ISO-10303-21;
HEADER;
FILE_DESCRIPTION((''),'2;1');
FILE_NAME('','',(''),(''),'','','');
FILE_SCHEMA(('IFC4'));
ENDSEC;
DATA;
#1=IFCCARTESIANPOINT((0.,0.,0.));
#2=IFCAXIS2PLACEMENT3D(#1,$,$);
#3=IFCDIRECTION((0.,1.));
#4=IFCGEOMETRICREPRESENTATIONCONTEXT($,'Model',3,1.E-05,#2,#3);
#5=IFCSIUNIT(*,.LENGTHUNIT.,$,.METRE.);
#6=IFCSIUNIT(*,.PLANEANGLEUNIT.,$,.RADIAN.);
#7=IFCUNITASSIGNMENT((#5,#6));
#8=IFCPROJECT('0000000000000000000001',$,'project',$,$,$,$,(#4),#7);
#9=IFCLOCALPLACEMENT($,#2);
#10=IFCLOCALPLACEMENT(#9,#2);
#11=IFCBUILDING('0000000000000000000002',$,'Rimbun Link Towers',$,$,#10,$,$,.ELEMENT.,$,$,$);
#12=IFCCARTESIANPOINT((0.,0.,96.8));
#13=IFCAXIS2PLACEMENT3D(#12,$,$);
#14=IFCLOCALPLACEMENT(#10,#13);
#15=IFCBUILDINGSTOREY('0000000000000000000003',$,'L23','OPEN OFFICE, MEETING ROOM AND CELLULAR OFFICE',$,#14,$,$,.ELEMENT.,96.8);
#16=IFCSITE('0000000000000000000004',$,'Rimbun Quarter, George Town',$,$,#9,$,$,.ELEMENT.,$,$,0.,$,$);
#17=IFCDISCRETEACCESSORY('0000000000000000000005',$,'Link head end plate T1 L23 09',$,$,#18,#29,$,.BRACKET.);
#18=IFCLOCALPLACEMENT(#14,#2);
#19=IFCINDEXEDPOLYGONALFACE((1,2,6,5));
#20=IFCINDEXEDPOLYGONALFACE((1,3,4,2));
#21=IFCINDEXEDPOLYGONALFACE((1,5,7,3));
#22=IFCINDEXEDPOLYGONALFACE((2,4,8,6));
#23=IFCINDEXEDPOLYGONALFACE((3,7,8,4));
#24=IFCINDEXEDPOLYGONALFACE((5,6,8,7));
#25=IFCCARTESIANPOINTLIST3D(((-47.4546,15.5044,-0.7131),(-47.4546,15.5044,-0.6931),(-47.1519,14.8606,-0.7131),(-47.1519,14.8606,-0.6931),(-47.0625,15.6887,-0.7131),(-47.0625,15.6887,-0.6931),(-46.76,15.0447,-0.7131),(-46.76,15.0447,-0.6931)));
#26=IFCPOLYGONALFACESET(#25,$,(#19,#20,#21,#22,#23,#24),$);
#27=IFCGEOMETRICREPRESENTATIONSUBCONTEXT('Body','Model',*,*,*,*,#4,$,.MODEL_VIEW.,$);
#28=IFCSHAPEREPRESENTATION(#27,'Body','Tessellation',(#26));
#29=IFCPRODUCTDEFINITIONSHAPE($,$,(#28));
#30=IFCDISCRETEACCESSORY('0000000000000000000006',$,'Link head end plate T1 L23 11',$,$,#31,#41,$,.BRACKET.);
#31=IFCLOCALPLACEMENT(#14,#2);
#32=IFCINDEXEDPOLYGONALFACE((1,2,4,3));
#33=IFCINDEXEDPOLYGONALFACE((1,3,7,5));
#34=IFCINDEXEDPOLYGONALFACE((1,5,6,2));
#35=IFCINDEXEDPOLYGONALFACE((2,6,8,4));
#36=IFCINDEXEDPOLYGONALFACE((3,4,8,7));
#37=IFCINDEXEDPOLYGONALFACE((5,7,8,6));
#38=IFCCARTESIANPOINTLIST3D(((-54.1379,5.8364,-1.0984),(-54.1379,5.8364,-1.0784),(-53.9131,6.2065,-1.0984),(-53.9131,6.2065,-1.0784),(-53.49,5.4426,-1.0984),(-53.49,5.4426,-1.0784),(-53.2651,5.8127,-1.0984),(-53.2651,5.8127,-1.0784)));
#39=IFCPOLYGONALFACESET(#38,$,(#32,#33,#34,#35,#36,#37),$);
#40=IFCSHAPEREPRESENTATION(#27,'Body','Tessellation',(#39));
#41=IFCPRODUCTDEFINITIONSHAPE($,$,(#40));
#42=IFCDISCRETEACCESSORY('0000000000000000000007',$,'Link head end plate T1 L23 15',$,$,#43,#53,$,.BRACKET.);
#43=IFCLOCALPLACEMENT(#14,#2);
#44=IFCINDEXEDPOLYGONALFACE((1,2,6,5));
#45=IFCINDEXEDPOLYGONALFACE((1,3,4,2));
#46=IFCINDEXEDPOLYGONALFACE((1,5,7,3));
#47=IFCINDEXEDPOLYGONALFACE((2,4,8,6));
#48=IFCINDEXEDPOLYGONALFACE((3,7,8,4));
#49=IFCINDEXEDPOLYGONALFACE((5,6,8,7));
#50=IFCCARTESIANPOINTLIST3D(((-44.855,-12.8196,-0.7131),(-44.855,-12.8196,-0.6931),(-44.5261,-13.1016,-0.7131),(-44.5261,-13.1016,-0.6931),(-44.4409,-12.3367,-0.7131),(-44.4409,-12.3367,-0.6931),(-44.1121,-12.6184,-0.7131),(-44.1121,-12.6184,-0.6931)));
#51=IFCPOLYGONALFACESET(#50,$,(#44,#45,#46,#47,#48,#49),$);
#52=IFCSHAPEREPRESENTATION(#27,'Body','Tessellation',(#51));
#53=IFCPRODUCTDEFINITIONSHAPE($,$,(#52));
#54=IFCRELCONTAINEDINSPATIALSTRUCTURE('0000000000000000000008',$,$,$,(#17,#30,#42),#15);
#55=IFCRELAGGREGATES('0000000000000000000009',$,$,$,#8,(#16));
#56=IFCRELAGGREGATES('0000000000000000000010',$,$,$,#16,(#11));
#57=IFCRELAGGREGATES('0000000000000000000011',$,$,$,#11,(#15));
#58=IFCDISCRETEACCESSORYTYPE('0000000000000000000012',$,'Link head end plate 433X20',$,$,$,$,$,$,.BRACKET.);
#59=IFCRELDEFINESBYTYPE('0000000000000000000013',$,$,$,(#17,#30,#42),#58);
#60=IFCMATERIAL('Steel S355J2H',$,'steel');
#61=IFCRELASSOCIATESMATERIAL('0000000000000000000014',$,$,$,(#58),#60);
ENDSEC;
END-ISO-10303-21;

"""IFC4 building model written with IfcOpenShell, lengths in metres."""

from ifc_helpers import new_model, si_unit, direction, frame, origin, origin_2d, place, context, subcontext, project, spatial, polyline, rectangle, outline, extrude, material, material_profile, profile_set, type_object, element, save


model = new_model("IFC4")

# Units and contexts
model_context = context("Model", 3, precision=1e-05, world=origin(), true_north=direction((0.0, 1.0)))
body_context = subcontext(model_context, "Body", "Model", "MODEL_VIEW")
ifc_project = project(units=[si_unit("LENGTHUNIT", "METRE"), si_unit("PLANEANGLEUNIT", "RADIAN")], contexts=[model_context])

# Site, building, storey
site_placement = place(None, origin())
site = spatial("IfcSite", under=ifc_project, at=site_placement, Name="Rimbun Quarter, George Town", CompositionType="ELEMENT", RefElevation=0.0)
building_placement = place(site_placement, origin())
building = spatial("IfcBuilding", under=site, at=building_placement, Name="Rimbun Link Towers", CompositionType="ELEMENT")
storey_placement = place(building_placement, frame((0.0, 0.0, 96.8)))
storey = spatial("IfcBuildingStorey", under=building, at=storey_placement, Name="L23", Description="OPEN OFFICE, MEETING ROOM AND CELLULAR OFFICE", CompositionType="ELEMENT", Elevation=96.8)

# Discrete accessories
ifc_material_1 = material(Name="Steel S355J2H", Category="steel")
ifc_material_profile_1 = material_profile(ifc_material_1, rectangle(XDim=0.4331, YDim=0.4331, at=origin_2d()), Name="PL 433x433")
ifc_profile_set_1 = profile_set([ifc_material_profile_1], Name="Steel S355J2H")
discrete_accessory_type_1 = type_object("IfcDiscreteAccessoryType", Name="Link head end plate 433X20", PredefinedType="BRACKET", material=ifc_profile_set_1)
discrete_accessory_1_placement = place(storey_placement, frame((0.0, 0.0, -0.7131)))
element("IfcDiscreteAccessory", 1, at=discrete_accessory_1_placement, inside=storey, type_object=discrete_accessory_type_1, Name="Link head end plate T1 L23 09", PredefinedType="BRACKET", context=body_context, shape_type="SweptSolid", body=[
    extrude(outline(polyline([(-46.76, 15.0447), (-47.0625, 15.6887), (-47.4546, 15.5044), (-47.1519, 14.8606), (-46.76, 15.0447)])), origin(), (0.0, 0.0, 1.0), 0.02),
])
discrete_accessory_2_placement = place(storey_placement, frame((0.0, 0.0, -1.0984)))
element("IfcDiscreteAccessory", 2, at=discrete_accessory_2_placement, inside=storey, type_object=discrete_accessory_type_1, Name="Link head end plate T1 L23 11", PredefinedType="BRACKET", context=body_context, shape_type="SweptSolid", body=[
    extrude(outline(polyline([(-53.2651, 5.8127), (-53.9131, 6.2065), (-54.1379, 5.8364), (-53.49, 5.4426), (-53.2651, 5.8127)])), origin(), (0.0, 0.0, 1.0), 0.02),
])
discrete_accessory_3_placement = place(storey_placement, frame((0.0, 0.0, -0.7131)))
element("IfcDiscreteAccessory", 3, at=discrete_accessory_3_placement, inside=storey, type_object=discrete_accessory_type_1, Name="Link head end plate T1 L23 15", PredefinedType="BRACKET", context=body_context, shape_type="SweptSolid", body=[
    extrude(outline(polyline([(-44.4409, -12.3367), (-44.855, -12.8196), (-44.5261, -13.1016), (-44.1121, -12.6184), (-44.4409, -12.3367)])), origin(), (0.0, 0.0, 1.0), 0.02),
])

save(model, "model.ifc")
